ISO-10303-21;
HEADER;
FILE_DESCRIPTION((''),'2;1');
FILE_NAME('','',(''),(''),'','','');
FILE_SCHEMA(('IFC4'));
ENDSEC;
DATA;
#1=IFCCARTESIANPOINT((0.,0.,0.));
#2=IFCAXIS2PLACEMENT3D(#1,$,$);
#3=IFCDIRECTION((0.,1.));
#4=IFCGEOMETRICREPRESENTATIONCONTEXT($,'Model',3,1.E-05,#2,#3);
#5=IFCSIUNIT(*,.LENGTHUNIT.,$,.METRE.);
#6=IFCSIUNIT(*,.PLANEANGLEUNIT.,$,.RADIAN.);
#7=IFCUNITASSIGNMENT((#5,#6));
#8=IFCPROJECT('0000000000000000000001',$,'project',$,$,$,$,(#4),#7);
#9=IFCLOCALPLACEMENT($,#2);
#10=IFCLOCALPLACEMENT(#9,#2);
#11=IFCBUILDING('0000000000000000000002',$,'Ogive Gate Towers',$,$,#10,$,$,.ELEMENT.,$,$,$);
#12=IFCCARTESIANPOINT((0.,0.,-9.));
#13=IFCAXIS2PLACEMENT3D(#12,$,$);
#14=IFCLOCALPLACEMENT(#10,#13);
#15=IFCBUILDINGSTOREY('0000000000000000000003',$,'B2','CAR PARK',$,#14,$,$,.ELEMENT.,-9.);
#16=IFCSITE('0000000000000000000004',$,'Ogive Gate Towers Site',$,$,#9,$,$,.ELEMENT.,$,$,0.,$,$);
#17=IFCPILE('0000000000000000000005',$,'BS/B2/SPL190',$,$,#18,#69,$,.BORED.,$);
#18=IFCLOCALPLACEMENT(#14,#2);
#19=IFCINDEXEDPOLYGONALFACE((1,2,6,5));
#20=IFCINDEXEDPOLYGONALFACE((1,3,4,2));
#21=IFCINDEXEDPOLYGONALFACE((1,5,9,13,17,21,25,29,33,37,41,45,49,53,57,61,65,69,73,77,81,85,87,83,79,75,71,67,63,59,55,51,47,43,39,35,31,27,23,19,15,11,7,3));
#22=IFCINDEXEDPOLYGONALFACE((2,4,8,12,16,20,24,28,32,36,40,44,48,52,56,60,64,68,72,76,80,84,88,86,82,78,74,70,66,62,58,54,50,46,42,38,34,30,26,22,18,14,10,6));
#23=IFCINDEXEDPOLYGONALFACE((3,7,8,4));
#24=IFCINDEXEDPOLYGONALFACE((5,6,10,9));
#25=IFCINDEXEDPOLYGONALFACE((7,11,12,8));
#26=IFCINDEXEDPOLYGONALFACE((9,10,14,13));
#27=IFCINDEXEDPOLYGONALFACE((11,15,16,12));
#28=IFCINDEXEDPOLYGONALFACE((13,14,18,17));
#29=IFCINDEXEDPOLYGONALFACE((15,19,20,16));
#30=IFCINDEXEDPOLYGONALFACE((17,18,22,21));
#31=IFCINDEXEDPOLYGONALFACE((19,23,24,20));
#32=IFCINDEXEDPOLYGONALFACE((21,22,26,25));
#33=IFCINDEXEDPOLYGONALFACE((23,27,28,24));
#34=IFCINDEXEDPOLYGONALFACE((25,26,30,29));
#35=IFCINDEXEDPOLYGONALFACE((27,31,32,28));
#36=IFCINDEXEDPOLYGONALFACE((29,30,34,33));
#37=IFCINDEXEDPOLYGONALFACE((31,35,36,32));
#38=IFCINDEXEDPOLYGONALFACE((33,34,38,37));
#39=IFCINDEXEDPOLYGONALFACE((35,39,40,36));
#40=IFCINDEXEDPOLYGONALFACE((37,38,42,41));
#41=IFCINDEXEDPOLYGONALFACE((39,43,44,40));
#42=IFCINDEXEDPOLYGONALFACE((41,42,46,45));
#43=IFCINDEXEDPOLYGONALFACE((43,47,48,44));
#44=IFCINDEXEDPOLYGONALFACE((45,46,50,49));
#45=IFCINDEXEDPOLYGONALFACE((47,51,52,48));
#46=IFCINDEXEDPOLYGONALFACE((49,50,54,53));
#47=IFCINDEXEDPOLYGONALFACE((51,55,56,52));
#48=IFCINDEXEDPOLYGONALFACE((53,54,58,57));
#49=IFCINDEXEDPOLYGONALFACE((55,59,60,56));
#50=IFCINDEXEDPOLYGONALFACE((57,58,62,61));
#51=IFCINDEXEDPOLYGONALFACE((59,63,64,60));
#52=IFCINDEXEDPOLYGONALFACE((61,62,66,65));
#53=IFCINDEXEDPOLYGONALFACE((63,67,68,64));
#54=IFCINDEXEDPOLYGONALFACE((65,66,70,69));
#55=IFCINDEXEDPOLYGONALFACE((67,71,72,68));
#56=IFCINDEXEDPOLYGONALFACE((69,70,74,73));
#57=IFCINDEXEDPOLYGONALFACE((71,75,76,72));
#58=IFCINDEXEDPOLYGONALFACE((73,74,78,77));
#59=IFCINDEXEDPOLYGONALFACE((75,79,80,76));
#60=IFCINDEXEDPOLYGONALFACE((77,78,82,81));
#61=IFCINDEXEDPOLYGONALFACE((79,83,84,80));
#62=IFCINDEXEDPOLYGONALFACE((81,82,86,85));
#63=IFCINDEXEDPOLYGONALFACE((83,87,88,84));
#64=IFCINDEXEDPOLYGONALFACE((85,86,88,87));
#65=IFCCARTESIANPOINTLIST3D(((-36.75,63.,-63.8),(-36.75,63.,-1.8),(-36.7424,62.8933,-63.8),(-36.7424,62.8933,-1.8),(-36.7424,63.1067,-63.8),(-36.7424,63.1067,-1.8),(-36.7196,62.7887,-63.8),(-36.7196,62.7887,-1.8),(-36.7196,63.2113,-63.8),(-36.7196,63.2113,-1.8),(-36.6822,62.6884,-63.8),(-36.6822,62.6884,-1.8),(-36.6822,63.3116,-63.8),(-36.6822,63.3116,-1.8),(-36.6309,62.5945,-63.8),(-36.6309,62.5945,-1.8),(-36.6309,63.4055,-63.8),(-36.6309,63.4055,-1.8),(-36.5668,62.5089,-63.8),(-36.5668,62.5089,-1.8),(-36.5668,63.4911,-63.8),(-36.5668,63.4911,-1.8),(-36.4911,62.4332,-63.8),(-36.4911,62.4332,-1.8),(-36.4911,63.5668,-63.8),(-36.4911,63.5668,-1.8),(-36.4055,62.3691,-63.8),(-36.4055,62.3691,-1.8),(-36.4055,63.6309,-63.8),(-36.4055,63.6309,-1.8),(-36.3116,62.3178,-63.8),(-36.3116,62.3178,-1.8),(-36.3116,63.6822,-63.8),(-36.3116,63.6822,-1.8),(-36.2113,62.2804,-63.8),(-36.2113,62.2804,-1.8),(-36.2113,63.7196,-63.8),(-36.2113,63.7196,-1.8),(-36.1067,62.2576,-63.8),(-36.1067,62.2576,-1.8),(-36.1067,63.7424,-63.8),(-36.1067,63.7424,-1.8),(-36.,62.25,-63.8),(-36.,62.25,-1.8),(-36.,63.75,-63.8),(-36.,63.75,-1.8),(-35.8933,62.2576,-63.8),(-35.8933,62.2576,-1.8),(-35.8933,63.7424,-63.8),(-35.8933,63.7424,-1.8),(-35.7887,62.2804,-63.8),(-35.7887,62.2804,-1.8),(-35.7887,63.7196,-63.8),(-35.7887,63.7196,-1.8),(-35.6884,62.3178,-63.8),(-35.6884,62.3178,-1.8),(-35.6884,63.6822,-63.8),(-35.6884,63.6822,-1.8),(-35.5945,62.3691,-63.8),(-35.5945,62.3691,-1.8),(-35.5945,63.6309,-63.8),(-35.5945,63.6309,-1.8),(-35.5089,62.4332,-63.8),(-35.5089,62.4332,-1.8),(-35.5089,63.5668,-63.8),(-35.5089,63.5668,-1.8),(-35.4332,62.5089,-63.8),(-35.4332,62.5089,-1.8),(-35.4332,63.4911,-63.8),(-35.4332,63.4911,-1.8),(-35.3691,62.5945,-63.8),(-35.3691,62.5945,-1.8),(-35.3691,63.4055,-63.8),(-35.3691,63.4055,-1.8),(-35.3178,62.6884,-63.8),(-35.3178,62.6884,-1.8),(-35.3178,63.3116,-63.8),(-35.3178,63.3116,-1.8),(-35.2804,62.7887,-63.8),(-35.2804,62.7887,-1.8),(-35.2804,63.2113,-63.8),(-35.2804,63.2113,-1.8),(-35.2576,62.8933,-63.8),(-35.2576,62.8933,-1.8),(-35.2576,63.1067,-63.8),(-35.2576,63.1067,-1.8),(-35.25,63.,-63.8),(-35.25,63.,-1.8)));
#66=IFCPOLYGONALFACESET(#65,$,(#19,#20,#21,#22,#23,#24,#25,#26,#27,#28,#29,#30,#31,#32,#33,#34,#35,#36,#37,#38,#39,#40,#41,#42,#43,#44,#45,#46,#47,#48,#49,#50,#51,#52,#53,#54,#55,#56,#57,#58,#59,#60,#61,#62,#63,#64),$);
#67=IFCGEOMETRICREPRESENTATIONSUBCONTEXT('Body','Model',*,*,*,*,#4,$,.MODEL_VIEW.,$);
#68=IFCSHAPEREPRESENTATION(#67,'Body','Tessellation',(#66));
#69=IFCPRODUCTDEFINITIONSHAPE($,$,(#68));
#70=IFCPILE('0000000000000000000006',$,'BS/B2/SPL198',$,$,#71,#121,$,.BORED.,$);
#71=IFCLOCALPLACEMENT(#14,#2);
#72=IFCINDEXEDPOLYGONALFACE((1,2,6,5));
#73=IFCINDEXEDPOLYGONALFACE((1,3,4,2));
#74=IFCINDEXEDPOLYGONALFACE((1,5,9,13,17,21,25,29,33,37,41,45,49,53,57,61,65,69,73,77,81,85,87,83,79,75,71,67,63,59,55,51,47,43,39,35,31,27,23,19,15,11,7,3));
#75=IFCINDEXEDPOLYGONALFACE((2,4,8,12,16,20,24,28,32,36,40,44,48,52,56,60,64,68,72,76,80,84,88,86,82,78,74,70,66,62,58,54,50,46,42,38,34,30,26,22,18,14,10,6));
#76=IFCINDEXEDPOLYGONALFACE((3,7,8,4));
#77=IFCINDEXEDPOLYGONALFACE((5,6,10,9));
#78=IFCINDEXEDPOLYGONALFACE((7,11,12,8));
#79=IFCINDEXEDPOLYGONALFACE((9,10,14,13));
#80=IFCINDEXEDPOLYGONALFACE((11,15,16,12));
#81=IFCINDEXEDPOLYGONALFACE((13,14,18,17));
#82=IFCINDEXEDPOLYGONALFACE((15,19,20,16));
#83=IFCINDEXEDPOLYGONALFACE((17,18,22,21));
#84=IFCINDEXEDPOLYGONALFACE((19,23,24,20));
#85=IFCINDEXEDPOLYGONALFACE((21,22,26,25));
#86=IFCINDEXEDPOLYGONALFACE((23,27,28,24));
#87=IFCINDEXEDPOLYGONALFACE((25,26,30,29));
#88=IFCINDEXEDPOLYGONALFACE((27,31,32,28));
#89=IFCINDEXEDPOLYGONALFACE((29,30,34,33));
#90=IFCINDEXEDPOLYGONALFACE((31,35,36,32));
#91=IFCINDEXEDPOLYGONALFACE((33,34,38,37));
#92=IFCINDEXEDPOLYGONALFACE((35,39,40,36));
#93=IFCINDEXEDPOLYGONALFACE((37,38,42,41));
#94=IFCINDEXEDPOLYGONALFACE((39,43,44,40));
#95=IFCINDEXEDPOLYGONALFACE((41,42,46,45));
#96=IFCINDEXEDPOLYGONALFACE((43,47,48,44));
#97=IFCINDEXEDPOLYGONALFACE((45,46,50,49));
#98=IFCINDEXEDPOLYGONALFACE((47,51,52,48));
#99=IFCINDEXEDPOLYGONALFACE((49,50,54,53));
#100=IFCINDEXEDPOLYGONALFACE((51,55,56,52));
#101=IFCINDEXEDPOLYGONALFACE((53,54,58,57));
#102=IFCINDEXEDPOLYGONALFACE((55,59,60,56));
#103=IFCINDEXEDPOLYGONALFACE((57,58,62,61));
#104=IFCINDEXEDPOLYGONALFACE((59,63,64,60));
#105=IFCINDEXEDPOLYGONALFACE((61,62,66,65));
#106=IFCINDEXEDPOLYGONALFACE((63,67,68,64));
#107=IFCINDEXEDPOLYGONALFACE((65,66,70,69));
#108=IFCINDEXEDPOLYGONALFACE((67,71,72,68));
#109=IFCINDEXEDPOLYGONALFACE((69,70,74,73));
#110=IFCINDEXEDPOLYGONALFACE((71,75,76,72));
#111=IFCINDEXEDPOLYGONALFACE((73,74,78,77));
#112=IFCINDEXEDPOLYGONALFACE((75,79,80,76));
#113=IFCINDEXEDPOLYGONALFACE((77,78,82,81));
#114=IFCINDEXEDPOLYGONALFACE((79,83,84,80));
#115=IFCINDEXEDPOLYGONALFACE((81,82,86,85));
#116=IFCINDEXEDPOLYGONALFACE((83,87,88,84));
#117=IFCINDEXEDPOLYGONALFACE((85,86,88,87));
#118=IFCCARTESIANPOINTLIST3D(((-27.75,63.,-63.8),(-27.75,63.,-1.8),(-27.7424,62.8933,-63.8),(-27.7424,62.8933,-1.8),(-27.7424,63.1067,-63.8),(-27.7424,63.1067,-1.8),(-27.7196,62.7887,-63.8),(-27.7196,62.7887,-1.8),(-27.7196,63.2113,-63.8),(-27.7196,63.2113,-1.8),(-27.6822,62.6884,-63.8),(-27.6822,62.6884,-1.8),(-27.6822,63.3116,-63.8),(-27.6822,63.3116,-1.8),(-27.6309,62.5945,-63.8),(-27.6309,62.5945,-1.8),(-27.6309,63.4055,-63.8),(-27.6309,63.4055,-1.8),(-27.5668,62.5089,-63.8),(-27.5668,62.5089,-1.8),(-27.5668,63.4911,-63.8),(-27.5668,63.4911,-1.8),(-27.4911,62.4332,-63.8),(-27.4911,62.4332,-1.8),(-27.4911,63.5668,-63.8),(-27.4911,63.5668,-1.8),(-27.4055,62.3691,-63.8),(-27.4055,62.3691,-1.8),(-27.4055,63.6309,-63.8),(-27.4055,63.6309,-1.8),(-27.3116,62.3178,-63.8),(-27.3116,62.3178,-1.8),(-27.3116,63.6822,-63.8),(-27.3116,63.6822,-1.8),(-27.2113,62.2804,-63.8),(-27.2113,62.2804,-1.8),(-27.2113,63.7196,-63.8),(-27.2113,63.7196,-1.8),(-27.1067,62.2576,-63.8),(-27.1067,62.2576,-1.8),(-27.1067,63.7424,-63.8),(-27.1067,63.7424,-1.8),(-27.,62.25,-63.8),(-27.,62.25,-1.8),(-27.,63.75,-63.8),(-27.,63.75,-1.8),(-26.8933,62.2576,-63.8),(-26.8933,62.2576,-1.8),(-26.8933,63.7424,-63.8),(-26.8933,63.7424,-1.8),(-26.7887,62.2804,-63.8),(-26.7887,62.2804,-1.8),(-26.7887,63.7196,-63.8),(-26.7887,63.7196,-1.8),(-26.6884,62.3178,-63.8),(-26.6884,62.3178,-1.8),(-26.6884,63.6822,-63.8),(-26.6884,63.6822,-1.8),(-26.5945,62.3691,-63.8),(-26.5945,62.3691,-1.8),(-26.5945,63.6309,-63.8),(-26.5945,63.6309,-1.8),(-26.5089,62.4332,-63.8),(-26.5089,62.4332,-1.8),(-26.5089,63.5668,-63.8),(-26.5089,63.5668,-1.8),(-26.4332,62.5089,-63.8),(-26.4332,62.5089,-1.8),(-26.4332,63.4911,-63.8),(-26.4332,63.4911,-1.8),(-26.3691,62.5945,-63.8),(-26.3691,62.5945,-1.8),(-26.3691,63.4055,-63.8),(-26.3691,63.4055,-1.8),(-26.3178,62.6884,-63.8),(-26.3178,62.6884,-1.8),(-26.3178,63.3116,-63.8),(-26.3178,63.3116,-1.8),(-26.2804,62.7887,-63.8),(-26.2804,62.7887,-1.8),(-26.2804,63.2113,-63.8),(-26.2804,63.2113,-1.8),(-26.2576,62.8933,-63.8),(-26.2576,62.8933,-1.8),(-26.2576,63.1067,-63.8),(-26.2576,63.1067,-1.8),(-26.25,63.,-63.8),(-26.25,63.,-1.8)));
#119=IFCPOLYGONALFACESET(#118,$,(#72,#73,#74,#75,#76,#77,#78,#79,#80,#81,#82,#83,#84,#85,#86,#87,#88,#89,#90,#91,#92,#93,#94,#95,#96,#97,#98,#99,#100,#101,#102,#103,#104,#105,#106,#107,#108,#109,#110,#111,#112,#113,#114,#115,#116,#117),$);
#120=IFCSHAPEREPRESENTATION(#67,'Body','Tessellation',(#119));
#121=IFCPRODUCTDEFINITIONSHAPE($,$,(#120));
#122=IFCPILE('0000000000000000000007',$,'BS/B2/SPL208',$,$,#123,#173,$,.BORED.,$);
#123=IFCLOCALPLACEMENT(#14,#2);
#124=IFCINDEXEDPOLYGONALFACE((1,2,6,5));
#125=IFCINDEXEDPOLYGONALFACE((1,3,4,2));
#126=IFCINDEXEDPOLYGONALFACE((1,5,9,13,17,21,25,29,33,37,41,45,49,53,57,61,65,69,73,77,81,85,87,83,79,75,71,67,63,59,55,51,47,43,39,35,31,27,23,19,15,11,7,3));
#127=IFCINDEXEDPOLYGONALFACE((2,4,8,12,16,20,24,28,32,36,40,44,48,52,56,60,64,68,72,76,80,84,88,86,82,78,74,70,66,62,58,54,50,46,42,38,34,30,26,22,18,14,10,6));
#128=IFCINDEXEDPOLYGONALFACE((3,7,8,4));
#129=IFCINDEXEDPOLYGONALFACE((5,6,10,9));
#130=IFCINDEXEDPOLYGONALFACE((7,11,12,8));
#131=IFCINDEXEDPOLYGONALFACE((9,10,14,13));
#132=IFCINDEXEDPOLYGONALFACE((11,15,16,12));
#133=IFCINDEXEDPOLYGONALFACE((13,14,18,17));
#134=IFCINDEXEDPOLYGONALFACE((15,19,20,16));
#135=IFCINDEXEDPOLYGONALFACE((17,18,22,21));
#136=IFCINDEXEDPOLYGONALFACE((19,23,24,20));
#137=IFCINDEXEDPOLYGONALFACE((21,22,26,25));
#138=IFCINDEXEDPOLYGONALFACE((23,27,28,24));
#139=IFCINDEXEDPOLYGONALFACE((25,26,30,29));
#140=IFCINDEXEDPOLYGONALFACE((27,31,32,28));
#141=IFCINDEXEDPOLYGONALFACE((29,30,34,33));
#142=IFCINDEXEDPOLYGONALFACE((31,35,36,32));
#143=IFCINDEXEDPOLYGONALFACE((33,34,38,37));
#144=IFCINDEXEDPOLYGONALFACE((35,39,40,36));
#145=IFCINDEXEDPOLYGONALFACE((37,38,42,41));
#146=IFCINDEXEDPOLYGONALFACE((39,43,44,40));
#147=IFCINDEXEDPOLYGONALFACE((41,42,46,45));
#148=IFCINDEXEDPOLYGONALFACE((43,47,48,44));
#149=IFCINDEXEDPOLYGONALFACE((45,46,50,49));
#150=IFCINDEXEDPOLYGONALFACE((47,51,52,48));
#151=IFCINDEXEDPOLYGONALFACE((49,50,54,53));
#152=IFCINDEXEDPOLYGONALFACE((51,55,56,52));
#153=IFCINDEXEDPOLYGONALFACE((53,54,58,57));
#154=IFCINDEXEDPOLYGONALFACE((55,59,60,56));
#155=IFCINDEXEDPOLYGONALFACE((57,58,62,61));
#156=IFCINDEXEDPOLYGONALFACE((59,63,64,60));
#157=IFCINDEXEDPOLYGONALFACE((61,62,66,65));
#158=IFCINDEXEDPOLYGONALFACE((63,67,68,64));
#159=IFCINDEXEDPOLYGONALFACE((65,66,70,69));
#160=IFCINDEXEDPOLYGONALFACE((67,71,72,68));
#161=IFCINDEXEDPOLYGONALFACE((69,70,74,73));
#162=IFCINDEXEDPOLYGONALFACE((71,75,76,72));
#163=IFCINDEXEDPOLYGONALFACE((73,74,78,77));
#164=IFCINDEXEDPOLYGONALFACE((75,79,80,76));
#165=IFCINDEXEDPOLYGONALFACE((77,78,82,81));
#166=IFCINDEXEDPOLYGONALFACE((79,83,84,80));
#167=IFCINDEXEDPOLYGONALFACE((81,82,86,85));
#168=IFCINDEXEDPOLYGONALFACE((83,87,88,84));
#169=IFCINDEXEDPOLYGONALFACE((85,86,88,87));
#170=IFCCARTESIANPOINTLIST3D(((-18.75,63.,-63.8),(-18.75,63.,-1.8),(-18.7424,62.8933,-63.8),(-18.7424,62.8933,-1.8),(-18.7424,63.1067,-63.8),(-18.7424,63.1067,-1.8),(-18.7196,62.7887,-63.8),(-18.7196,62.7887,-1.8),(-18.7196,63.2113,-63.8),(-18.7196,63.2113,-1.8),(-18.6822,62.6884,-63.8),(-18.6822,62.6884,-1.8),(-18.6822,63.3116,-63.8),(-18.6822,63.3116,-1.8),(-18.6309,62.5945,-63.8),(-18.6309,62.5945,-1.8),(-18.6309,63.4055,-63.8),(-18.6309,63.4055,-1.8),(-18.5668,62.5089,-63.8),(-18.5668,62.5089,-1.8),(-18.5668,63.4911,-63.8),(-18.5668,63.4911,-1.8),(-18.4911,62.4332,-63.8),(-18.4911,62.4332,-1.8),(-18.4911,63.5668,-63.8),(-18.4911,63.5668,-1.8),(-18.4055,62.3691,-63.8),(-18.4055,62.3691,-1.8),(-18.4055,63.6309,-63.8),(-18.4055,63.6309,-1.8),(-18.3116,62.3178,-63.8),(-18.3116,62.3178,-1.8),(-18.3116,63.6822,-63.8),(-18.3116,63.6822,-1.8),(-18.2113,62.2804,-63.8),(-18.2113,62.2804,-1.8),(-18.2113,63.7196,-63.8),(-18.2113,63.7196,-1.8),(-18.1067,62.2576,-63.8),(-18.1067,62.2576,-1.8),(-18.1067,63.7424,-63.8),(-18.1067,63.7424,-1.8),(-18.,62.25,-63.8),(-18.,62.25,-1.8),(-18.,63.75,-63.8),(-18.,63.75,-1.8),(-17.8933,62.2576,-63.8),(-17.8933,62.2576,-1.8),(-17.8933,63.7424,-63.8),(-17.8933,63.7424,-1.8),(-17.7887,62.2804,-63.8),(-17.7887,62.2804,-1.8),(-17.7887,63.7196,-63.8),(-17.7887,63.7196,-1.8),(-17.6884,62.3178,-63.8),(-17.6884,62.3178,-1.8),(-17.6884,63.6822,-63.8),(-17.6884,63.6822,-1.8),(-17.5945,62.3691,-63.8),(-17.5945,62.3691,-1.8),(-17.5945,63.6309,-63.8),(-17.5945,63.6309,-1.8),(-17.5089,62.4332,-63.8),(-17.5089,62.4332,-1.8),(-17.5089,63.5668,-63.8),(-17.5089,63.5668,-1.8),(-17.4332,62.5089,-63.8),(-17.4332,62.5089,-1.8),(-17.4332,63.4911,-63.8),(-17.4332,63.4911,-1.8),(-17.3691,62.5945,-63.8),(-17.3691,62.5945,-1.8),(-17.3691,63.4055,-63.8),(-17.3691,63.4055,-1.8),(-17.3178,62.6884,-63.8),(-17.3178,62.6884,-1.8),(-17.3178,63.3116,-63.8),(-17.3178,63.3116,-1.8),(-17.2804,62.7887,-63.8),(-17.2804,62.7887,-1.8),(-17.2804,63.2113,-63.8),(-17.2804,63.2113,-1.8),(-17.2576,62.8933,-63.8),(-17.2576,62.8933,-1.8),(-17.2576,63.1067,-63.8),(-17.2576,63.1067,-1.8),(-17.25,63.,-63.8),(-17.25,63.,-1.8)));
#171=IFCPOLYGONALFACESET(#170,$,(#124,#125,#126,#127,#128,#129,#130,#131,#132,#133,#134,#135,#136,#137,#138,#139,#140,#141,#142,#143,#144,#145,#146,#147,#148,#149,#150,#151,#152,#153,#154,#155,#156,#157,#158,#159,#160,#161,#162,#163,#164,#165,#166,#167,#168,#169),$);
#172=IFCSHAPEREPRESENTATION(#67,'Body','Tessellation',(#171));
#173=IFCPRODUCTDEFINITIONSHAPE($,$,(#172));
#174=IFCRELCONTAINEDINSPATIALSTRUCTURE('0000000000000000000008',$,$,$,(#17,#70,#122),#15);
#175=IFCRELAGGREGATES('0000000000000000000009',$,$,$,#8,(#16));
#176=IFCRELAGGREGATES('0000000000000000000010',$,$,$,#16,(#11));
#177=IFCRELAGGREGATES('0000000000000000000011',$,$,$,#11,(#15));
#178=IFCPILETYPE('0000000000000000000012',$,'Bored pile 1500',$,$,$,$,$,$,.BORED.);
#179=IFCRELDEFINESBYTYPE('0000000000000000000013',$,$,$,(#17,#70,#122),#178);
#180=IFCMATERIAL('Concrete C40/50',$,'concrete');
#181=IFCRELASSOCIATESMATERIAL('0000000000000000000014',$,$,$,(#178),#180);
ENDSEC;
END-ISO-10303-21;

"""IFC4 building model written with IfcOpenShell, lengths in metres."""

from ifc_helpers import new_model, si_unit, direction, frame, origin, origin_2d, place, context, subcontext, project, spatial, circle, extrude, material, material_profile, profile_set, type_object, element, save


model = new_model("IFC4")

# Units and contexts
model_context = context("Model", 3, precision=1e-05, world=origin(), true_north=direction((0.0, 1.0)))
body_context = subcontext(model_context, "Body", "Model", "MODEL_VIEW")
ifc_project = project(units=[si_unit("LENGTHUNIT", "METRE"), si_unit("PLANEANGLEUNIT", "RADIAN")], contexts=[model_context])

# Site, building, storey
site_placement = place(None, origin())
site = spatial("IfcSite", under=ifc_project, at=site_placement, Name="Ogive Gate Towers Site", CompositionType="ELEMENT", RefElevation=0.0)
building_placement = place(site_placement, origin())
building = spatial("IfcBuilding", under=site, at=building_placement, Name="Ogive Gate Towers", CompositionType="ELEMENT")
storey_placement = place(building_placement, frame((0.0, 0.0, -9.0)))
storey = spatial("IfcBuildingStorey", under=building, at=storey_placement, Name="B2", Description="CAR PARK", CompositionType="ELEMENT", Elevation=-9.0)

# Piles
ifc_material_1 = material(Name="Concrete C40/50", Category="concrete")
ifc_material_profile_1 = material_profile(ifc_material_1, circle(Radius=0.75, at=origin_2d()), Name="BP 1500")
ifc_profile_set_1 = profile_set([ifc_material_profile_1], Name="Concrete C40/50")
pile_type = type_object("IfcPileType", Name="Bored pile 1500", PredefinedType="BORED", material=ifc_profile_set_1)
for number, where, z_axis, x_axis, name in (
    (1, (-36.0, 63.0, -1.8), (0.0, 0.0, -1.0), (1.0, 0.0, 0.0), "BS/B2/SPL190"),
    (2, (-27.0, 63.0, -1.8), (0.0, 0.0, -1.0), (1.0, 0.0, 0.0), "BS/B2/SPL198"),
    (3, (-18.0, 63.0, -1.8), (0.0, 0.0, -1.0), (1.0, 0.0, 0.0), "BS/B2/SPL208"),
):
    element("IfcPile", number, at=place(storey_placement, frame(where, z_axis=z_axis, x_axis=x_axis)), inside=storey, type_object=pile_type, Name=name, PredefinedType="BORED", context=body_context, shape_type="SweptSolid", body=[
        extrude(circle(Radius=0.75, at=origin_2d()), origin(), (0.0, 0.0, 1.0), 62.0),
    ])

save(model, "model.ifc")
